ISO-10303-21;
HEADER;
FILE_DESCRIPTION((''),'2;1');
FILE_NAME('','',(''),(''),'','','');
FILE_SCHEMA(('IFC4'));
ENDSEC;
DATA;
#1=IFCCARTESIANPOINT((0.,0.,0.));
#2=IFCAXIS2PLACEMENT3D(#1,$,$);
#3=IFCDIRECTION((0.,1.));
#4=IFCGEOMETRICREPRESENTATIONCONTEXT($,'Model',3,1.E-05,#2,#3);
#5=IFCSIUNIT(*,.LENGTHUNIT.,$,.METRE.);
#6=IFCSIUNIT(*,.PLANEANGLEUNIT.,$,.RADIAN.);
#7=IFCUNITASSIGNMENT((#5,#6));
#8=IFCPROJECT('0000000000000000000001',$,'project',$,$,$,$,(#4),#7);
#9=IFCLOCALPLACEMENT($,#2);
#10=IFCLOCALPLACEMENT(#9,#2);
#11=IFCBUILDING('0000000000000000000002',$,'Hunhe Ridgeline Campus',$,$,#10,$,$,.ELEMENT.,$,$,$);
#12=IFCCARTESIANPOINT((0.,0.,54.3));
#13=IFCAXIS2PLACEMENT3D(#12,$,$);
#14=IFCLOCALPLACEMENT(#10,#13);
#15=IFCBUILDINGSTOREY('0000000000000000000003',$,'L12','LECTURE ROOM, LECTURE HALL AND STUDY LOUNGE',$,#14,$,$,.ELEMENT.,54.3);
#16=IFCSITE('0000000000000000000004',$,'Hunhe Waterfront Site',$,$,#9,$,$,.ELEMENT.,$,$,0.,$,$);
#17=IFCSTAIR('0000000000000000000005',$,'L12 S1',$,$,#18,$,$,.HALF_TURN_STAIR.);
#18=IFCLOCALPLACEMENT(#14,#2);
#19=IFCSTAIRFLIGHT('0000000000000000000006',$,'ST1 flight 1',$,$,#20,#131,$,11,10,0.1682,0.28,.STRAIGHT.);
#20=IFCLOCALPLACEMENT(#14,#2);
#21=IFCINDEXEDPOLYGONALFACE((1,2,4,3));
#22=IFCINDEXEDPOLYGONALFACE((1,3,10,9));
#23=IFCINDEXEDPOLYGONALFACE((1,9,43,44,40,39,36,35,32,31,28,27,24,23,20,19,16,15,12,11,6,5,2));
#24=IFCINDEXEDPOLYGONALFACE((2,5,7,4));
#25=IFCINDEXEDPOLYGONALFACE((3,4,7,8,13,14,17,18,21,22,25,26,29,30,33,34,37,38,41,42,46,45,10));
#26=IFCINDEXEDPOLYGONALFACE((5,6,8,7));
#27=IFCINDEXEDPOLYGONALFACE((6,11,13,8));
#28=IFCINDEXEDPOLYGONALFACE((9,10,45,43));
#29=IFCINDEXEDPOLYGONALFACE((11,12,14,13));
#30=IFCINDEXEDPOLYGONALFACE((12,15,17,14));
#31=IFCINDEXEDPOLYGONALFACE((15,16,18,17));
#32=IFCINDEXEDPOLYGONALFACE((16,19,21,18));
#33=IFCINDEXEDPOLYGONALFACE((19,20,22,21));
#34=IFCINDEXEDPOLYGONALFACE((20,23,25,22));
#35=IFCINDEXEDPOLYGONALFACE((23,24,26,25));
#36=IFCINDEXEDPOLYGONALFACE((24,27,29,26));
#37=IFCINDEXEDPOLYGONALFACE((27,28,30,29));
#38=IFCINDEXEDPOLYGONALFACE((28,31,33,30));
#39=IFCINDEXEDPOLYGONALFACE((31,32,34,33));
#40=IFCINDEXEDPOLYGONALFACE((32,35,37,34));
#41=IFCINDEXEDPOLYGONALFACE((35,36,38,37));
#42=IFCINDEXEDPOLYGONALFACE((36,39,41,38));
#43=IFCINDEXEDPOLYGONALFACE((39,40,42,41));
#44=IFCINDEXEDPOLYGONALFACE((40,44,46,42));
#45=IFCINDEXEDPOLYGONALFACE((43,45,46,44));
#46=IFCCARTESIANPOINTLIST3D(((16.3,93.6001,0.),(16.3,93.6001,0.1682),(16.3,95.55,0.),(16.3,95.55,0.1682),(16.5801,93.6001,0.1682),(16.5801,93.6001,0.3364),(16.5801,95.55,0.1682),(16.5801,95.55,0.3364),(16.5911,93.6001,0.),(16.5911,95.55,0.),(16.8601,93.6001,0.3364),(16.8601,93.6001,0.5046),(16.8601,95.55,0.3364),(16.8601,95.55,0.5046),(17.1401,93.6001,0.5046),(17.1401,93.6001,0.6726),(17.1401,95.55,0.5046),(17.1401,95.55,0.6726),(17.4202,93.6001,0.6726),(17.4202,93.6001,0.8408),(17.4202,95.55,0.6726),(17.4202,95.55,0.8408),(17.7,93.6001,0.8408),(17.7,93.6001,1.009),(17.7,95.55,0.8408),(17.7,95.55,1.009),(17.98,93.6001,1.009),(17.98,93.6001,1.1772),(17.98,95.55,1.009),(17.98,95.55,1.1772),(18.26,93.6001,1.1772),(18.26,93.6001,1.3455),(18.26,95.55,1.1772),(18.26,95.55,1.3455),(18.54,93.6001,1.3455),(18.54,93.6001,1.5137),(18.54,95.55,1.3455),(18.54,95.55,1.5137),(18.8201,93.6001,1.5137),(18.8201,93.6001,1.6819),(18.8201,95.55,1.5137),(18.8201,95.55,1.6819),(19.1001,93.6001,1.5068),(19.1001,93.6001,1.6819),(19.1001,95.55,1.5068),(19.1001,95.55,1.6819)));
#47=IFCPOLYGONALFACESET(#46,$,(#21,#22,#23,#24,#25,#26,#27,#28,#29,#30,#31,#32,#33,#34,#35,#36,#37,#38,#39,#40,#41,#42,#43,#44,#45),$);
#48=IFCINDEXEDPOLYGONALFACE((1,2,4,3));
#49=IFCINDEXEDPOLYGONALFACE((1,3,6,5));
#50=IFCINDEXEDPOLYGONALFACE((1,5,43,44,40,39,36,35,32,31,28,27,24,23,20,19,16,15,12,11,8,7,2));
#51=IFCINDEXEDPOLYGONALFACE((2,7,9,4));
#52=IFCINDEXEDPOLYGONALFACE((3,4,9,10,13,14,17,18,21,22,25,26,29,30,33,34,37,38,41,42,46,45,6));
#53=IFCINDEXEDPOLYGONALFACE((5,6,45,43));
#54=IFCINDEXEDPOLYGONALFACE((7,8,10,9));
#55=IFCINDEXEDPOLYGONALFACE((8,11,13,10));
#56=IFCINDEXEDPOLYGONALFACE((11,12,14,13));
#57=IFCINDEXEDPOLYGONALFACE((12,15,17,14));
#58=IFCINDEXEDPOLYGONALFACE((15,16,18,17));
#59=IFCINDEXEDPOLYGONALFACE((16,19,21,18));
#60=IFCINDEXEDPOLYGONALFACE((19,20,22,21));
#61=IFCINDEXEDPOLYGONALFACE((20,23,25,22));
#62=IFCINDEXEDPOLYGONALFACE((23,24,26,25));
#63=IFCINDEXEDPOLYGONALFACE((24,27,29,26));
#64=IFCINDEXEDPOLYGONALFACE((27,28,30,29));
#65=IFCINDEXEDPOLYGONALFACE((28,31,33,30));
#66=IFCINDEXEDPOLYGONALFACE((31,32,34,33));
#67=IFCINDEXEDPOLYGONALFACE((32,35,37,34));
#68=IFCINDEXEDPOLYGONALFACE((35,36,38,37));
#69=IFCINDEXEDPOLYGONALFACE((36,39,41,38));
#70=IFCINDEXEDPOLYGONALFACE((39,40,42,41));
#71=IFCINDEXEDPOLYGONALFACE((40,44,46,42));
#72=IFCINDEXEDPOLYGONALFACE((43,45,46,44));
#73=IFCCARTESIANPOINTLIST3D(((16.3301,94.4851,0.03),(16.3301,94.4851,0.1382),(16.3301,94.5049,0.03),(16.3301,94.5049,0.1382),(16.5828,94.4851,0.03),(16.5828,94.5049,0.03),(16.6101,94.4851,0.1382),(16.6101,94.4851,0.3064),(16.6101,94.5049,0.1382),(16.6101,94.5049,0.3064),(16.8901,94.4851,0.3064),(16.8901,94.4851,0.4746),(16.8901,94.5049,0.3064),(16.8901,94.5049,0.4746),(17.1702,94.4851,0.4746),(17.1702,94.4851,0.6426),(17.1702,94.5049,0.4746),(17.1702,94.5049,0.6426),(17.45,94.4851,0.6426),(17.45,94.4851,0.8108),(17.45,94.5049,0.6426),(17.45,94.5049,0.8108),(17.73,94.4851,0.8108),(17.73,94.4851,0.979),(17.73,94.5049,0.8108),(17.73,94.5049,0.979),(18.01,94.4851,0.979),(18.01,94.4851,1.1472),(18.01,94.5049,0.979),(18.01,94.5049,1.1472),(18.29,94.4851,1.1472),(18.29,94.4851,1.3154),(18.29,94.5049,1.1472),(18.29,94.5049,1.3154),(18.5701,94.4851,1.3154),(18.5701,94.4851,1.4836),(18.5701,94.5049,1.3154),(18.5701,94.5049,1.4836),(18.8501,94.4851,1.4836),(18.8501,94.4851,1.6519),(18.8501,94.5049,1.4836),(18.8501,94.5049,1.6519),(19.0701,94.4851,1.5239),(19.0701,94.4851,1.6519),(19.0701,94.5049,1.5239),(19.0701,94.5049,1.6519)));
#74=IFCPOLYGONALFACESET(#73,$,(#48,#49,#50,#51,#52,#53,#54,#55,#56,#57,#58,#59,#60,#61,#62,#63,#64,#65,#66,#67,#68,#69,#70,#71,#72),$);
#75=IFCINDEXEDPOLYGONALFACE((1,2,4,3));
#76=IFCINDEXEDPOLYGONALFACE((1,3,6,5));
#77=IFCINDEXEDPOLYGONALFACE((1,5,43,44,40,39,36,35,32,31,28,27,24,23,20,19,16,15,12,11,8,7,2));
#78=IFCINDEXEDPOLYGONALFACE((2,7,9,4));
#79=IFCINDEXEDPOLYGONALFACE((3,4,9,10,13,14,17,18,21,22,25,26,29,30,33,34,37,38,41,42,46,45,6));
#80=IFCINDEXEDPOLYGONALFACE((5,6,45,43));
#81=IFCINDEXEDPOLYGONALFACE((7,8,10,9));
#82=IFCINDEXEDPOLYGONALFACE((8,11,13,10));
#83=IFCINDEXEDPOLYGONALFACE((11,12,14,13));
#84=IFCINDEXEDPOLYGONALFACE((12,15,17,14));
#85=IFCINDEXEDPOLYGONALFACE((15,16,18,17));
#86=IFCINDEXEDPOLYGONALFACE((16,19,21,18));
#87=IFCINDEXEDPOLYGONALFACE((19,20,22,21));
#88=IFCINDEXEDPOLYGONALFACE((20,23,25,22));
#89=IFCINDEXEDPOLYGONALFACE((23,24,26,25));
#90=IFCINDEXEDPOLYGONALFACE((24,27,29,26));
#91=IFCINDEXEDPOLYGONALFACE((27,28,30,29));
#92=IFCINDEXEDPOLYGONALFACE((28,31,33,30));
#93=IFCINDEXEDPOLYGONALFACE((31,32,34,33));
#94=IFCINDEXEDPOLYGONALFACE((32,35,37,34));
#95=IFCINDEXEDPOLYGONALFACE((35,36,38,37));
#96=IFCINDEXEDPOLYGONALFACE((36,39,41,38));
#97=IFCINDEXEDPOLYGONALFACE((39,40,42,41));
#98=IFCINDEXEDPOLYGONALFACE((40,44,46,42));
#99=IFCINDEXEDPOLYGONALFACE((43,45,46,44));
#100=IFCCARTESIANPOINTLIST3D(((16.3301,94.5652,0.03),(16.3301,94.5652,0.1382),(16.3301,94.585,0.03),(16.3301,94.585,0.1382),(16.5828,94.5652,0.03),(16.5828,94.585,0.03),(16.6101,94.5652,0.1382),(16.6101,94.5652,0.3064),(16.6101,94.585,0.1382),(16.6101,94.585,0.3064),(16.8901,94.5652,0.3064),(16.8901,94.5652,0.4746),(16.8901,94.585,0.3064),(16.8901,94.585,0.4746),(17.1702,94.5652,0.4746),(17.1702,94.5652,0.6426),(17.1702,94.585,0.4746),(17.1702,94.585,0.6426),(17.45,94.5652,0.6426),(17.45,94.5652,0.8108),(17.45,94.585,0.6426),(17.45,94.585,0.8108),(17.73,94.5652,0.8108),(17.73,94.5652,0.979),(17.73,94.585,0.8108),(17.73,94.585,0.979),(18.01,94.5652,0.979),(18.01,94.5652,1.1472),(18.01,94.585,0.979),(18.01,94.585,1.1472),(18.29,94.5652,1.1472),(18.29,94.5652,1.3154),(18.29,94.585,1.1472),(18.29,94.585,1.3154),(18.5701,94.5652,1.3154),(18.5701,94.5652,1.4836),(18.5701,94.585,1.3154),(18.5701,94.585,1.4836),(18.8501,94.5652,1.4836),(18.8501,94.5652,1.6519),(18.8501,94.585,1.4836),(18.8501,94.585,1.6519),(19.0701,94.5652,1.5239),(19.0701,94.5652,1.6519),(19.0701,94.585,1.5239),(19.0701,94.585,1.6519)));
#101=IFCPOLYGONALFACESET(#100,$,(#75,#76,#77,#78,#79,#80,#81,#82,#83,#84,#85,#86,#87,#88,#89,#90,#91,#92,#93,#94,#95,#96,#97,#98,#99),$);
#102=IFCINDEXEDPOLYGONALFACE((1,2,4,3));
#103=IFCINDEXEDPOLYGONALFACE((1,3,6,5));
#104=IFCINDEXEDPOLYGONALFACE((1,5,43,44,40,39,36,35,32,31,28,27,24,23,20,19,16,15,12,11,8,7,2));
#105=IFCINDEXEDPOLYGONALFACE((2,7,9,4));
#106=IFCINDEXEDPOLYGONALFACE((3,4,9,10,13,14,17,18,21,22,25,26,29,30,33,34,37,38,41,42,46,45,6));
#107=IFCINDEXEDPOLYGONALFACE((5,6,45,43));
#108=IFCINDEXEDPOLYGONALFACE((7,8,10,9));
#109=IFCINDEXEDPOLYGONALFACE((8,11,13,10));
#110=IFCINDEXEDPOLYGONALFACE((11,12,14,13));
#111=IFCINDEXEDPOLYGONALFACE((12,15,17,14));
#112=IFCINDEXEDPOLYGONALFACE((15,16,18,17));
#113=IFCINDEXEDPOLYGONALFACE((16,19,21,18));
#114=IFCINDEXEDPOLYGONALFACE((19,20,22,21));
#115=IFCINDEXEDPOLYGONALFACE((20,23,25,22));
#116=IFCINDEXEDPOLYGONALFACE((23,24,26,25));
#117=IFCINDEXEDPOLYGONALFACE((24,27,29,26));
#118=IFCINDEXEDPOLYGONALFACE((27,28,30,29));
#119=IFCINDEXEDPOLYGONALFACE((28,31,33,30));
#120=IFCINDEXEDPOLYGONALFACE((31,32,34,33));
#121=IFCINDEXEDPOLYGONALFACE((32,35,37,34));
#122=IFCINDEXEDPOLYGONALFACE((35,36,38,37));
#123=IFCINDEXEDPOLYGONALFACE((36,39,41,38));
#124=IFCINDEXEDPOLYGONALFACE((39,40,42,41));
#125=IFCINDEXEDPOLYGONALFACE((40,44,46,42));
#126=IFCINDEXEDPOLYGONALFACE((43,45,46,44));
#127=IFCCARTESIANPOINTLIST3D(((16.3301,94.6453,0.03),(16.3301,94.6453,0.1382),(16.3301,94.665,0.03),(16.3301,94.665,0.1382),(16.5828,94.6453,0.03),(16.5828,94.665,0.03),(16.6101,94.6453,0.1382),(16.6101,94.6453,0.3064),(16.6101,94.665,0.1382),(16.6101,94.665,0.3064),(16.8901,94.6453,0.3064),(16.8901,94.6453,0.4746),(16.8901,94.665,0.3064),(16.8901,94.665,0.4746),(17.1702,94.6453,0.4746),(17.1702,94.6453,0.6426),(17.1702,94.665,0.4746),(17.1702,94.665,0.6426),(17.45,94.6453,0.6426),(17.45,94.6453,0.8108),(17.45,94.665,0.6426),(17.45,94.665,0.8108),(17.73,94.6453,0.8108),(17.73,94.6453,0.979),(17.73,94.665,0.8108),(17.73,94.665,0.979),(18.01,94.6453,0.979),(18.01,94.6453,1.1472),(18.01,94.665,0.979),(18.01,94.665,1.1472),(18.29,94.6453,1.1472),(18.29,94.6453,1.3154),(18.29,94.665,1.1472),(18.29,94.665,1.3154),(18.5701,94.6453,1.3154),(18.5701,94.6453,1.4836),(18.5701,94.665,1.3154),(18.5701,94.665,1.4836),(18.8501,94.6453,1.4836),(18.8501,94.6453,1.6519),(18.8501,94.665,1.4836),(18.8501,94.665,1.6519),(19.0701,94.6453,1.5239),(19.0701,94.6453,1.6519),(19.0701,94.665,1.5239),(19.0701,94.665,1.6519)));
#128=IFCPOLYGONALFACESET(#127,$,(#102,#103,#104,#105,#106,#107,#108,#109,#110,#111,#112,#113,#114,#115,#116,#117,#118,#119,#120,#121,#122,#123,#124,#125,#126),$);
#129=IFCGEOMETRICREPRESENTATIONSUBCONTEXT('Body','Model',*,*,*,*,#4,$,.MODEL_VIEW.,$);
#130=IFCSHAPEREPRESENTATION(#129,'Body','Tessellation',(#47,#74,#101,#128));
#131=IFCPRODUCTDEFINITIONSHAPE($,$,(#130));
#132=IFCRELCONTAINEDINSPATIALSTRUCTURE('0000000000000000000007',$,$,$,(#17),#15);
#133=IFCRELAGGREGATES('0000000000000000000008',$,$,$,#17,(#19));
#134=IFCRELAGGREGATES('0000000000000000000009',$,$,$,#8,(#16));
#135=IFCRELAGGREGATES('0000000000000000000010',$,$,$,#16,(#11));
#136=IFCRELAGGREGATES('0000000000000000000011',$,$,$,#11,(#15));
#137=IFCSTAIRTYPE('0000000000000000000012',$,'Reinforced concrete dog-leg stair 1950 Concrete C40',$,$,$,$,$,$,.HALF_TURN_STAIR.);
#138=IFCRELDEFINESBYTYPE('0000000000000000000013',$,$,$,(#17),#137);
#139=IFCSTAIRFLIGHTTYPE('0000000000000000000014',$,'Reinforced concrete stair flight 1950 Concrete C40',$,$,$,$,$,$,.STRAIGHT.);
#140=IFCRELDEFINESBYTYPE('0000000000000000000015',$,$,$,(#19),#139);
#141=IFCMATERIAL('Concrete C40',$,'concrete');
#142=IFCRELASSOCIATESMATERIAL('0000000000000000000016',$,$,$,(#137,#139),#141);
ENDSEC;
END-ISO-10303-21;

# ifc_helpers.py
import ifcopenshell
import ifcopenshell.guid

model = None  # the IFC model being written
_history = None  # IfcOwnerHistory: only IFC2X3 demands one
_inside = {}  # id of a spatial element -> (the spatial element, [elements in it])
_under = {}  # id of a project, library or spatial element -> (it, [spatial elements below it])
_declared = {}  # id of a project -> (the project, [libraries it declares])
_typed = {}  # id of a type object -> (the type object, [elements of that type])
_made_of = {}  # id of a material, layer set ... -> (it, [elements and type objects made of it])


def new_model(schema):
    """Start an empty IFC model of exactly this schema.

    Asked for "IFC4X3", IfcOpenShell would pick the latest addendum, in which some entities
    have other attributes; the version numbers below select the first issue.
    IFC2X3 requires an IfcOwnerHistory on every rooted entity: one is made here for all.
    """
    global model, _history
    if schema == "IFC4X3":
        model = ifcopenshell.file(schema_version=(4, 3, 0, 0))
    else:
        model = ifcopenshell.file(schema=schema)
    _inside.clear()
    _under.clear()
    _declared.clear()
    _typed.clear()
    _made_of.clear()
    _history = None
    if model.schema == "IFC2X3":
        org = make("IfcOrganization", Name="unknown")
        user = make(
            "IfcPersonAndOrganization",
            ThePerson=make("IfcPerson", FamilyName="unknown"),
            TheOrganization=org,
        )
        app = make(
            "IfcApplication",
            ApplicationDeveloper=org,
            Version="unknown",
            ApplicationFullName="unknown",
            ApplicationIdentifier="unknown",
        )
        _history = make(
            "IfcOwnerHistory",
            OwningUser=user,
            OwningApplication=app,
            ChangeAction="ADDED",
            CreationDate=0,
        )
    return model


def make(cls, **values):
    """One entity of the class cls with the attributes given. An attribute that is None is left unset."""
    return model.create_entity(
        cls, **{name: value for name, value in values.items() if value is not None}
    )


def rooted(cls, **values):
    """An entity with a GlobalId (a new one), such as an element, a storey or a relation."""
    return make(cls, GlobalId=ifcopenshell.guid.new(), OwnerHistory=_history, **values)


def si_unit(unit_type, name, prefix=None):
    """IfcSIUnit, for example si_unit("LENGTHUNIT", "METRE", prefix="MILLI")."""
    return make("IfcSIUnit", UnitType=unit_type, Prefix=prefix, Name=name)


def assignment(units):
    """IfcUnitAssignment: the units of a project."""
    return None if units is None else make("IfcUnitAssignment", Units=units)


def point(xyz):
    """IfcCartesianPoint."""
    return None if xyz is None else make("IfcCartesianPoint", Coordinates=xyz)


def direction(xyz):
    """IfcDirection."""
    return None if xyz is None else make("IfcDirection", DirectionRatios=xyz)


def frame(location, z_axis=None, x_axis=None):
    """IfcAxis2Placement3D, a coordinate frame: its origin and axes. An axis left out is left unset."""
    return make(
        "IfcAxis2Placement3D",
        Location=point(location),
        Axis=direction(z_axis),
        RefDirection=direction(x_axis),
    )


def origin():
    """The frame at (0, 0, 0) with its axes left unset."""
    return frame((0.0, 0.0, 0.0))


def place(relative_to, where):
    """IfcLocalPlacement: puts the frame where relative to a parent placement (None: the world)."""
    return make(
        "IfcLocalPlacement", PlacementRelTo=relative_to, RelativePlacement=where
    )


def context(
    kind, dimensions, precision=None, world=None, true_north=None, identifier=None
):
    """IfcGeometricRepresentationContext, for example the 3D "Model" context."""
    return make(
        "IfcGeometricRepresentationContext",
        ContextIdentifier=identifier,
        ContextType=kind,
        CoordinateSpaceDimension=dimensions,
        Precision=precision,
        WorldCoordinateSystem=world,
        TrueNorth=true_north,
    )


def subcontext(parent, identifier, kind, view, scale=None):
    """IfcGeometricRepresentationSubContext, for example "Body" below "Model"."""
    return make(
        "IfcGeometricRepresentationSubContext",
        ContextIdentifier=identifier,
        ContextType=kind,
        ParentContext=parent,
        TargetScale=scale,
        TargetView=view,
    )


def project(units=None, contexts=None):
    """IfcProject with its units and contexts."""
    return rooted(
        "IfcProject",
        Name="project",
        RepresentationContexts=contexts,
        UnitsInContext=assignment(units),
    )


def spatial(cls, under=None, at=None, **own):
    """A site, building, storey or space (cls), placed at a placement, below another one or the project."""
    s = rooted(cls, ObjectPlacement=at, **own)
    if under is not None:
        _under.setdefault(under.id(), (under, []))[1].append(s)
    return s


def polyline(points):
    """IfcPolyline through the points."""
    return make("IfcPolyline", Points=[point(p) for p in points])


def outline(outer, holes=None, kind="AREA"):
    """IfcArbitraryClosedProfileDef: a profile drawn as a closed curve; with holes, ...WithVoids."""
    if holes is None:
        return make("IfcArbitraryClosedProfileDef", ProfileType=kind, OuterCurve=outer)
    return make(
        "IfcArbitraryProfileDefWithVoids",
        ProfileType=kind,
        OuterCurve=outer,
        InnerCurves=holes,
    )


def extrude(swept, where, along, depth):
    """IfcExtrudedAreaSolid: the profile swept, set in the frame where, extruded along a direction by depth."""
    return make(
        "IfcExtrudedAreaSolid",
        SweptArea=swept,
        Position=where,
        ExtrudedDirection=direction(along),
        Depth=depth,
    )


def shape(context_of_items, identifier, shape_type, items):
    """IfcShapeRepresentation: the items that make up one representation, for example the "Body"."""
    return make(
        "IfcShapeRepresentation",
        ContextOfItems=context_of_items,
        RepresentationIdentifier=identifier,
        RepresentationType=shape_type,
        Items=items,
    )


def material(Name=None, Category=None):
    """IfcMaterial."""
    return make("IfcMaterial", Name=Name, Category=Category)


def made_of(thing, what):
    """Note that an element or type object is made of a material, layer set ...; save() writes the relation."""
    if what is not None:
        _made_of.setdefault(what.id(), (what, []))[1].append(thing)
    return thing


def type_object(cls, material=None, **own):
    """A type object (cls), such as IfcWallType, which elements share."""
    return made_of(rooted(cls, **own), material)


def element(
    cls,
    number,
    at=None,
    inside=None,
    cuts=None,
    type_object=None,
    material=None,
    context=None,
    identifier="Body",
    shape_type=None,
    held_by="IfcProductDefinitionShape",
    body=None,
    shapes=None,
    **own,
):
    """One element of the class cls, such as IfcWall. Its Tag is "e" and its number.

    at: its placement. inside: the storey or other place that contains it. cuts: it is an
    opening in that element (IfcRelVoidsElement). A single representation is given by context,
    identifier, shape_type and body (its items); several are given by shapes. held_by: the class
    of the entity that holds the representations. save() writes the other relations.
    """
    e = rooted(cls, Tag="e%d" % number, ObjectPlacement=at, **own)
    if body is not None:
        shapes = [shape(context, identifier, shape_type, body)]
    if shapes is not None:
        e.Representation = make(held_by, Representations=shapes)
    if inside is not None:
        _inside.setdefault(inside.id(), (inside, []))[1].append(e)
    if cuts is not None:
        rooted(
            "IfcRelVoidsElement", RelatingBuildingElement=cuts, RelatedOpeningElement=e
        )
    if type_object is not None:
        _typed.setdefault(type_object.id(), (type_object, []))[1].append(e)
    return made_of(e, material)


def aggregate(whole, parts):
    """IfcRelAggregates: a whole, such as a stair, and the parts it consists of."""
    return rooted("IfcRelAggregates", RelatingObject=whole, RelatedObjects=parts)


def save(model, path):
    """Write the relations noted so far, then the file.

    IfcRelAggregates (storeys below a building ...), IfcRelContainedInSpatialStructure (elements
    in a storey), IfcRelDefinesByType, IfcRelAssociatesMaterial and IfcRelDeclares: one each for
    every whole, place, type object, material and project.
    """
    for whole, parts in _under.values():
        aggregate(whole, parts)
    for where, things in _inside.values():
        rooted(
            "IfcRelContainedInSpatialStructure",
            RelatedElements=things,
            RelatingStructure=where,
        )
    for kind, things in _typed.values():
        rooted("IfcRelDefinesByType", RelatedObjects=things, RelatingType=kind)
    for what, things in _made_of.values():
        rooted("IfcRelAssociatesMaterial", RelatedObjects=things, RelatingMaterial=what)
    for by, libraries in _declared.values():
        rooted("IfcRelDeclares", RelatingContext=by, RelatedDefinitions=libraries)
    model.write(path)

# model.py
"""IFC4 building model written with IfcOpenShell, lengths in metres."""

from ifc_helpers import new_model, si_unit, direction, frame, origin, place, context, subcontext, project, spatial, polyline, outline, extrude, material, type_object, element, aggregate, save


model = new_model("IFC4")

# Units and contexts
model_context = context("Model", 3, precision=1e-05, world=origin(), true_north=direction((0.0, 1.0)))
body_context = subcontext(model_context, "Body", "Model", "MODEL_VIEW")
ifc_project = project(units=[si_unit("LENGTHUNIT", "METRE"), si_unit("PLANEANGLEUNIT", "RADIAN")], contexts=[model_context])

# Site, building, storey
site_placement = place(None, origin())
site = spatial("IfcSite", under=ifc_project, at=site_placement, Name="Hunhe Waterfront Site", CompositionType="ELEMENT", RefElevation=0.0)
building_placement = place(site_placement, origin())
building = spatial("IfcBuilding", under=site, at=building_placement, Name="Hunhe Ridgeline Campus", CompositionType="ELEMENT")
storey_placement = place(building_placement, frame((0.0, 0.0, 54.3)))
storey = spatial("IfcBuildingStorey", under=building, at=storey_placement, Name="L12", Description="LECTURE ROOM, LECTURE HALL AND STUDY LOUNGE", CompositionType="ELEMENT", Elevation=54.3)

# Stair, stair flight
ifc_material_1 = material(Name="Concrete C40", Category="concrete")
stair_type = type_object("IfcStairType", Name="Reinforced concrete dog-leg stair 1950 Concrete C40", PredefinedType="HALF_TURN_STAIR", material=ifc_material_1)
stair_placement = place(storey_placement, origin())
stair = element("IfcStair", 1, at=stair_placement, inside=storey, type_object=stair_type, Name="L12 S1", PredefinedType="HALF_TURN_STAIR")
stair_flight_type = type_object("IfcStairFlightType", Name="Reinforced concrete stair flight 1950 Concrete C40", PredefinedType="STRAIGHT", material=ifc_material_1)
stair_flight_1_placement = place(storey_placement, frame((16.3, 94.575, 0.0), z_axis=(0.0, 0.0, 1.0), x_axis=(1.0, 0.0, 0.0)))
stair_flight_1 = element("IfcStairFlight", 2, at=stair_flight_1_placement, type_object=stair_flight_type, Name="ST1 flight 1", NumberOfRisers=11, NumberOfTreads=10, PredefinedType="STRAIGHT", RiserHeight=0.1682, TreadLength=0.28, context=body_context, shape_type="SweptSolid", body=[
    extrude(outline(polyline([(0.0, 0.0), (0.0, 0.1682), (0.28, 0.1682), (0.28, 0.3364), (0.5601, 0.3364), (0.5601, 0.5046), (0.8401, 0.5046), (0.8401, 0.6726), (1.1201, 0.6726), (1.1201, 0.8408), (1.3999, 0.8408), (1.3999, 1.009), (1.6799, 1.009), (1.6799, 1.1772), (1.96, 1.1772), (1.96, 1.3455), (2.24, 1.3455), (2.24, 1.5137), (2.52, 1.5137), (2.52, 1.6819), (2.8, 1.6819), (2.8, 1.8501), (2.8, 1.5068), (0.291, 0.0), (0.0, 0.0)])), frame((0.0, 0.9751, 0.0), z_axis=(0.0, -1.0, 0.0), x_axis=(1.0, 0.0, 0.0)), (0.0, 0.0, 1.0), 1.95),
    extrude(outline(polyline([(0.03, 0.03), (0.03, 0.1382), (0.3101, 0.1382), (0.3101, 0.3064), (0.5901, 0.3064), (0.5901, 0.4746), (0.8701, 0.4746), (0.8701, 0.6426), (1.1499, 0.6426), (1.1499, 0.8108), (1.4299, 0.8108), (1.4299, 0.979), (1.71, 0.979), (1.71, 1.1472), (1.99, 1.1472), (1.99, 1.3154), (2.27, 1.3154), (2.27, 1.4836), (2.55, 1.4836), (2.55, 1.6519), (2.77, 1.6519), (2.77, 1.5239), (0.2827, 0.03), (0.03, 0.03)])), frame((0.0, -0.0701, 0.0), z_axis=(0.0, -1.0, 0.0), x_axis=(1.0, 0.0, 0.0)), (0.0, 0.0, 1.0), 0.0198),
    extrude(outline(polyline([(0.03, 0.03), (0.03, 0.1382), (0.3101, 0.1382), (0.3101, 0.3064), (0.5901, 0.3064), (0.5901, 0.4746), (0.8701, 0.4746), (0.8701, 0.6426), (1.1499, 0.6426), (1.1499, 0.8108), (1.4299, 0.8108), (1.4299, 0.979), (1.71, 0.979), (1.71, 1.1472), (1.99, 1.1472), (1.99, 1.3154), (2.27, 1.3154), (2.27, 1.4836), (2.55, 1.4836), (2.55, 1.6519), (2.77, 1.6519), (2.77, 1.5239), (0.2827, 0.03), (0.03, 0.03)])), frame((0.0, 0.01, 0.0), z_axis=(0.0, -1.0, 0.0), x_axis=(1.0, 0.0, 0.0)), (0.0, 0.0, 1.0), 0.0198),
    extrude(outline(polyline([(0.03, 0.03), (0.03, 0.1382), (0.3101, 0.1382), (0.3101, 0.3064), (0.5901, 0.3064), (0.5901, 0.4746), (0.8701, 0.4746), (0.8701, 0.6426), (1.1499, 0.6426), (1.1499, 0.8108), (1.4299, 0.8108), (1.4299, 0.979), (1.71, 0.979), (1.71, 1.1472), (1.99, 1.1472), (1.99, 1.3154), (2.27, 1.3154), (2.27, 1.4836), (2.55, 1.4836), (2.55, 1.6519), (2.77, 1.6519), (2.77, 1.5239), (0.2827, 0.03), (0.03, 0.03)])), frame((0.0, 0.0901, 0.0), z_axis=(0.0, -1.0, 0.0), x_axis=(1.0, 0.0, 0.0)), (0.0, 0.0, 1.0), 0.0198),
])
aggregate(stair, [stair_flight_1])

save(model, "model.ifc")
